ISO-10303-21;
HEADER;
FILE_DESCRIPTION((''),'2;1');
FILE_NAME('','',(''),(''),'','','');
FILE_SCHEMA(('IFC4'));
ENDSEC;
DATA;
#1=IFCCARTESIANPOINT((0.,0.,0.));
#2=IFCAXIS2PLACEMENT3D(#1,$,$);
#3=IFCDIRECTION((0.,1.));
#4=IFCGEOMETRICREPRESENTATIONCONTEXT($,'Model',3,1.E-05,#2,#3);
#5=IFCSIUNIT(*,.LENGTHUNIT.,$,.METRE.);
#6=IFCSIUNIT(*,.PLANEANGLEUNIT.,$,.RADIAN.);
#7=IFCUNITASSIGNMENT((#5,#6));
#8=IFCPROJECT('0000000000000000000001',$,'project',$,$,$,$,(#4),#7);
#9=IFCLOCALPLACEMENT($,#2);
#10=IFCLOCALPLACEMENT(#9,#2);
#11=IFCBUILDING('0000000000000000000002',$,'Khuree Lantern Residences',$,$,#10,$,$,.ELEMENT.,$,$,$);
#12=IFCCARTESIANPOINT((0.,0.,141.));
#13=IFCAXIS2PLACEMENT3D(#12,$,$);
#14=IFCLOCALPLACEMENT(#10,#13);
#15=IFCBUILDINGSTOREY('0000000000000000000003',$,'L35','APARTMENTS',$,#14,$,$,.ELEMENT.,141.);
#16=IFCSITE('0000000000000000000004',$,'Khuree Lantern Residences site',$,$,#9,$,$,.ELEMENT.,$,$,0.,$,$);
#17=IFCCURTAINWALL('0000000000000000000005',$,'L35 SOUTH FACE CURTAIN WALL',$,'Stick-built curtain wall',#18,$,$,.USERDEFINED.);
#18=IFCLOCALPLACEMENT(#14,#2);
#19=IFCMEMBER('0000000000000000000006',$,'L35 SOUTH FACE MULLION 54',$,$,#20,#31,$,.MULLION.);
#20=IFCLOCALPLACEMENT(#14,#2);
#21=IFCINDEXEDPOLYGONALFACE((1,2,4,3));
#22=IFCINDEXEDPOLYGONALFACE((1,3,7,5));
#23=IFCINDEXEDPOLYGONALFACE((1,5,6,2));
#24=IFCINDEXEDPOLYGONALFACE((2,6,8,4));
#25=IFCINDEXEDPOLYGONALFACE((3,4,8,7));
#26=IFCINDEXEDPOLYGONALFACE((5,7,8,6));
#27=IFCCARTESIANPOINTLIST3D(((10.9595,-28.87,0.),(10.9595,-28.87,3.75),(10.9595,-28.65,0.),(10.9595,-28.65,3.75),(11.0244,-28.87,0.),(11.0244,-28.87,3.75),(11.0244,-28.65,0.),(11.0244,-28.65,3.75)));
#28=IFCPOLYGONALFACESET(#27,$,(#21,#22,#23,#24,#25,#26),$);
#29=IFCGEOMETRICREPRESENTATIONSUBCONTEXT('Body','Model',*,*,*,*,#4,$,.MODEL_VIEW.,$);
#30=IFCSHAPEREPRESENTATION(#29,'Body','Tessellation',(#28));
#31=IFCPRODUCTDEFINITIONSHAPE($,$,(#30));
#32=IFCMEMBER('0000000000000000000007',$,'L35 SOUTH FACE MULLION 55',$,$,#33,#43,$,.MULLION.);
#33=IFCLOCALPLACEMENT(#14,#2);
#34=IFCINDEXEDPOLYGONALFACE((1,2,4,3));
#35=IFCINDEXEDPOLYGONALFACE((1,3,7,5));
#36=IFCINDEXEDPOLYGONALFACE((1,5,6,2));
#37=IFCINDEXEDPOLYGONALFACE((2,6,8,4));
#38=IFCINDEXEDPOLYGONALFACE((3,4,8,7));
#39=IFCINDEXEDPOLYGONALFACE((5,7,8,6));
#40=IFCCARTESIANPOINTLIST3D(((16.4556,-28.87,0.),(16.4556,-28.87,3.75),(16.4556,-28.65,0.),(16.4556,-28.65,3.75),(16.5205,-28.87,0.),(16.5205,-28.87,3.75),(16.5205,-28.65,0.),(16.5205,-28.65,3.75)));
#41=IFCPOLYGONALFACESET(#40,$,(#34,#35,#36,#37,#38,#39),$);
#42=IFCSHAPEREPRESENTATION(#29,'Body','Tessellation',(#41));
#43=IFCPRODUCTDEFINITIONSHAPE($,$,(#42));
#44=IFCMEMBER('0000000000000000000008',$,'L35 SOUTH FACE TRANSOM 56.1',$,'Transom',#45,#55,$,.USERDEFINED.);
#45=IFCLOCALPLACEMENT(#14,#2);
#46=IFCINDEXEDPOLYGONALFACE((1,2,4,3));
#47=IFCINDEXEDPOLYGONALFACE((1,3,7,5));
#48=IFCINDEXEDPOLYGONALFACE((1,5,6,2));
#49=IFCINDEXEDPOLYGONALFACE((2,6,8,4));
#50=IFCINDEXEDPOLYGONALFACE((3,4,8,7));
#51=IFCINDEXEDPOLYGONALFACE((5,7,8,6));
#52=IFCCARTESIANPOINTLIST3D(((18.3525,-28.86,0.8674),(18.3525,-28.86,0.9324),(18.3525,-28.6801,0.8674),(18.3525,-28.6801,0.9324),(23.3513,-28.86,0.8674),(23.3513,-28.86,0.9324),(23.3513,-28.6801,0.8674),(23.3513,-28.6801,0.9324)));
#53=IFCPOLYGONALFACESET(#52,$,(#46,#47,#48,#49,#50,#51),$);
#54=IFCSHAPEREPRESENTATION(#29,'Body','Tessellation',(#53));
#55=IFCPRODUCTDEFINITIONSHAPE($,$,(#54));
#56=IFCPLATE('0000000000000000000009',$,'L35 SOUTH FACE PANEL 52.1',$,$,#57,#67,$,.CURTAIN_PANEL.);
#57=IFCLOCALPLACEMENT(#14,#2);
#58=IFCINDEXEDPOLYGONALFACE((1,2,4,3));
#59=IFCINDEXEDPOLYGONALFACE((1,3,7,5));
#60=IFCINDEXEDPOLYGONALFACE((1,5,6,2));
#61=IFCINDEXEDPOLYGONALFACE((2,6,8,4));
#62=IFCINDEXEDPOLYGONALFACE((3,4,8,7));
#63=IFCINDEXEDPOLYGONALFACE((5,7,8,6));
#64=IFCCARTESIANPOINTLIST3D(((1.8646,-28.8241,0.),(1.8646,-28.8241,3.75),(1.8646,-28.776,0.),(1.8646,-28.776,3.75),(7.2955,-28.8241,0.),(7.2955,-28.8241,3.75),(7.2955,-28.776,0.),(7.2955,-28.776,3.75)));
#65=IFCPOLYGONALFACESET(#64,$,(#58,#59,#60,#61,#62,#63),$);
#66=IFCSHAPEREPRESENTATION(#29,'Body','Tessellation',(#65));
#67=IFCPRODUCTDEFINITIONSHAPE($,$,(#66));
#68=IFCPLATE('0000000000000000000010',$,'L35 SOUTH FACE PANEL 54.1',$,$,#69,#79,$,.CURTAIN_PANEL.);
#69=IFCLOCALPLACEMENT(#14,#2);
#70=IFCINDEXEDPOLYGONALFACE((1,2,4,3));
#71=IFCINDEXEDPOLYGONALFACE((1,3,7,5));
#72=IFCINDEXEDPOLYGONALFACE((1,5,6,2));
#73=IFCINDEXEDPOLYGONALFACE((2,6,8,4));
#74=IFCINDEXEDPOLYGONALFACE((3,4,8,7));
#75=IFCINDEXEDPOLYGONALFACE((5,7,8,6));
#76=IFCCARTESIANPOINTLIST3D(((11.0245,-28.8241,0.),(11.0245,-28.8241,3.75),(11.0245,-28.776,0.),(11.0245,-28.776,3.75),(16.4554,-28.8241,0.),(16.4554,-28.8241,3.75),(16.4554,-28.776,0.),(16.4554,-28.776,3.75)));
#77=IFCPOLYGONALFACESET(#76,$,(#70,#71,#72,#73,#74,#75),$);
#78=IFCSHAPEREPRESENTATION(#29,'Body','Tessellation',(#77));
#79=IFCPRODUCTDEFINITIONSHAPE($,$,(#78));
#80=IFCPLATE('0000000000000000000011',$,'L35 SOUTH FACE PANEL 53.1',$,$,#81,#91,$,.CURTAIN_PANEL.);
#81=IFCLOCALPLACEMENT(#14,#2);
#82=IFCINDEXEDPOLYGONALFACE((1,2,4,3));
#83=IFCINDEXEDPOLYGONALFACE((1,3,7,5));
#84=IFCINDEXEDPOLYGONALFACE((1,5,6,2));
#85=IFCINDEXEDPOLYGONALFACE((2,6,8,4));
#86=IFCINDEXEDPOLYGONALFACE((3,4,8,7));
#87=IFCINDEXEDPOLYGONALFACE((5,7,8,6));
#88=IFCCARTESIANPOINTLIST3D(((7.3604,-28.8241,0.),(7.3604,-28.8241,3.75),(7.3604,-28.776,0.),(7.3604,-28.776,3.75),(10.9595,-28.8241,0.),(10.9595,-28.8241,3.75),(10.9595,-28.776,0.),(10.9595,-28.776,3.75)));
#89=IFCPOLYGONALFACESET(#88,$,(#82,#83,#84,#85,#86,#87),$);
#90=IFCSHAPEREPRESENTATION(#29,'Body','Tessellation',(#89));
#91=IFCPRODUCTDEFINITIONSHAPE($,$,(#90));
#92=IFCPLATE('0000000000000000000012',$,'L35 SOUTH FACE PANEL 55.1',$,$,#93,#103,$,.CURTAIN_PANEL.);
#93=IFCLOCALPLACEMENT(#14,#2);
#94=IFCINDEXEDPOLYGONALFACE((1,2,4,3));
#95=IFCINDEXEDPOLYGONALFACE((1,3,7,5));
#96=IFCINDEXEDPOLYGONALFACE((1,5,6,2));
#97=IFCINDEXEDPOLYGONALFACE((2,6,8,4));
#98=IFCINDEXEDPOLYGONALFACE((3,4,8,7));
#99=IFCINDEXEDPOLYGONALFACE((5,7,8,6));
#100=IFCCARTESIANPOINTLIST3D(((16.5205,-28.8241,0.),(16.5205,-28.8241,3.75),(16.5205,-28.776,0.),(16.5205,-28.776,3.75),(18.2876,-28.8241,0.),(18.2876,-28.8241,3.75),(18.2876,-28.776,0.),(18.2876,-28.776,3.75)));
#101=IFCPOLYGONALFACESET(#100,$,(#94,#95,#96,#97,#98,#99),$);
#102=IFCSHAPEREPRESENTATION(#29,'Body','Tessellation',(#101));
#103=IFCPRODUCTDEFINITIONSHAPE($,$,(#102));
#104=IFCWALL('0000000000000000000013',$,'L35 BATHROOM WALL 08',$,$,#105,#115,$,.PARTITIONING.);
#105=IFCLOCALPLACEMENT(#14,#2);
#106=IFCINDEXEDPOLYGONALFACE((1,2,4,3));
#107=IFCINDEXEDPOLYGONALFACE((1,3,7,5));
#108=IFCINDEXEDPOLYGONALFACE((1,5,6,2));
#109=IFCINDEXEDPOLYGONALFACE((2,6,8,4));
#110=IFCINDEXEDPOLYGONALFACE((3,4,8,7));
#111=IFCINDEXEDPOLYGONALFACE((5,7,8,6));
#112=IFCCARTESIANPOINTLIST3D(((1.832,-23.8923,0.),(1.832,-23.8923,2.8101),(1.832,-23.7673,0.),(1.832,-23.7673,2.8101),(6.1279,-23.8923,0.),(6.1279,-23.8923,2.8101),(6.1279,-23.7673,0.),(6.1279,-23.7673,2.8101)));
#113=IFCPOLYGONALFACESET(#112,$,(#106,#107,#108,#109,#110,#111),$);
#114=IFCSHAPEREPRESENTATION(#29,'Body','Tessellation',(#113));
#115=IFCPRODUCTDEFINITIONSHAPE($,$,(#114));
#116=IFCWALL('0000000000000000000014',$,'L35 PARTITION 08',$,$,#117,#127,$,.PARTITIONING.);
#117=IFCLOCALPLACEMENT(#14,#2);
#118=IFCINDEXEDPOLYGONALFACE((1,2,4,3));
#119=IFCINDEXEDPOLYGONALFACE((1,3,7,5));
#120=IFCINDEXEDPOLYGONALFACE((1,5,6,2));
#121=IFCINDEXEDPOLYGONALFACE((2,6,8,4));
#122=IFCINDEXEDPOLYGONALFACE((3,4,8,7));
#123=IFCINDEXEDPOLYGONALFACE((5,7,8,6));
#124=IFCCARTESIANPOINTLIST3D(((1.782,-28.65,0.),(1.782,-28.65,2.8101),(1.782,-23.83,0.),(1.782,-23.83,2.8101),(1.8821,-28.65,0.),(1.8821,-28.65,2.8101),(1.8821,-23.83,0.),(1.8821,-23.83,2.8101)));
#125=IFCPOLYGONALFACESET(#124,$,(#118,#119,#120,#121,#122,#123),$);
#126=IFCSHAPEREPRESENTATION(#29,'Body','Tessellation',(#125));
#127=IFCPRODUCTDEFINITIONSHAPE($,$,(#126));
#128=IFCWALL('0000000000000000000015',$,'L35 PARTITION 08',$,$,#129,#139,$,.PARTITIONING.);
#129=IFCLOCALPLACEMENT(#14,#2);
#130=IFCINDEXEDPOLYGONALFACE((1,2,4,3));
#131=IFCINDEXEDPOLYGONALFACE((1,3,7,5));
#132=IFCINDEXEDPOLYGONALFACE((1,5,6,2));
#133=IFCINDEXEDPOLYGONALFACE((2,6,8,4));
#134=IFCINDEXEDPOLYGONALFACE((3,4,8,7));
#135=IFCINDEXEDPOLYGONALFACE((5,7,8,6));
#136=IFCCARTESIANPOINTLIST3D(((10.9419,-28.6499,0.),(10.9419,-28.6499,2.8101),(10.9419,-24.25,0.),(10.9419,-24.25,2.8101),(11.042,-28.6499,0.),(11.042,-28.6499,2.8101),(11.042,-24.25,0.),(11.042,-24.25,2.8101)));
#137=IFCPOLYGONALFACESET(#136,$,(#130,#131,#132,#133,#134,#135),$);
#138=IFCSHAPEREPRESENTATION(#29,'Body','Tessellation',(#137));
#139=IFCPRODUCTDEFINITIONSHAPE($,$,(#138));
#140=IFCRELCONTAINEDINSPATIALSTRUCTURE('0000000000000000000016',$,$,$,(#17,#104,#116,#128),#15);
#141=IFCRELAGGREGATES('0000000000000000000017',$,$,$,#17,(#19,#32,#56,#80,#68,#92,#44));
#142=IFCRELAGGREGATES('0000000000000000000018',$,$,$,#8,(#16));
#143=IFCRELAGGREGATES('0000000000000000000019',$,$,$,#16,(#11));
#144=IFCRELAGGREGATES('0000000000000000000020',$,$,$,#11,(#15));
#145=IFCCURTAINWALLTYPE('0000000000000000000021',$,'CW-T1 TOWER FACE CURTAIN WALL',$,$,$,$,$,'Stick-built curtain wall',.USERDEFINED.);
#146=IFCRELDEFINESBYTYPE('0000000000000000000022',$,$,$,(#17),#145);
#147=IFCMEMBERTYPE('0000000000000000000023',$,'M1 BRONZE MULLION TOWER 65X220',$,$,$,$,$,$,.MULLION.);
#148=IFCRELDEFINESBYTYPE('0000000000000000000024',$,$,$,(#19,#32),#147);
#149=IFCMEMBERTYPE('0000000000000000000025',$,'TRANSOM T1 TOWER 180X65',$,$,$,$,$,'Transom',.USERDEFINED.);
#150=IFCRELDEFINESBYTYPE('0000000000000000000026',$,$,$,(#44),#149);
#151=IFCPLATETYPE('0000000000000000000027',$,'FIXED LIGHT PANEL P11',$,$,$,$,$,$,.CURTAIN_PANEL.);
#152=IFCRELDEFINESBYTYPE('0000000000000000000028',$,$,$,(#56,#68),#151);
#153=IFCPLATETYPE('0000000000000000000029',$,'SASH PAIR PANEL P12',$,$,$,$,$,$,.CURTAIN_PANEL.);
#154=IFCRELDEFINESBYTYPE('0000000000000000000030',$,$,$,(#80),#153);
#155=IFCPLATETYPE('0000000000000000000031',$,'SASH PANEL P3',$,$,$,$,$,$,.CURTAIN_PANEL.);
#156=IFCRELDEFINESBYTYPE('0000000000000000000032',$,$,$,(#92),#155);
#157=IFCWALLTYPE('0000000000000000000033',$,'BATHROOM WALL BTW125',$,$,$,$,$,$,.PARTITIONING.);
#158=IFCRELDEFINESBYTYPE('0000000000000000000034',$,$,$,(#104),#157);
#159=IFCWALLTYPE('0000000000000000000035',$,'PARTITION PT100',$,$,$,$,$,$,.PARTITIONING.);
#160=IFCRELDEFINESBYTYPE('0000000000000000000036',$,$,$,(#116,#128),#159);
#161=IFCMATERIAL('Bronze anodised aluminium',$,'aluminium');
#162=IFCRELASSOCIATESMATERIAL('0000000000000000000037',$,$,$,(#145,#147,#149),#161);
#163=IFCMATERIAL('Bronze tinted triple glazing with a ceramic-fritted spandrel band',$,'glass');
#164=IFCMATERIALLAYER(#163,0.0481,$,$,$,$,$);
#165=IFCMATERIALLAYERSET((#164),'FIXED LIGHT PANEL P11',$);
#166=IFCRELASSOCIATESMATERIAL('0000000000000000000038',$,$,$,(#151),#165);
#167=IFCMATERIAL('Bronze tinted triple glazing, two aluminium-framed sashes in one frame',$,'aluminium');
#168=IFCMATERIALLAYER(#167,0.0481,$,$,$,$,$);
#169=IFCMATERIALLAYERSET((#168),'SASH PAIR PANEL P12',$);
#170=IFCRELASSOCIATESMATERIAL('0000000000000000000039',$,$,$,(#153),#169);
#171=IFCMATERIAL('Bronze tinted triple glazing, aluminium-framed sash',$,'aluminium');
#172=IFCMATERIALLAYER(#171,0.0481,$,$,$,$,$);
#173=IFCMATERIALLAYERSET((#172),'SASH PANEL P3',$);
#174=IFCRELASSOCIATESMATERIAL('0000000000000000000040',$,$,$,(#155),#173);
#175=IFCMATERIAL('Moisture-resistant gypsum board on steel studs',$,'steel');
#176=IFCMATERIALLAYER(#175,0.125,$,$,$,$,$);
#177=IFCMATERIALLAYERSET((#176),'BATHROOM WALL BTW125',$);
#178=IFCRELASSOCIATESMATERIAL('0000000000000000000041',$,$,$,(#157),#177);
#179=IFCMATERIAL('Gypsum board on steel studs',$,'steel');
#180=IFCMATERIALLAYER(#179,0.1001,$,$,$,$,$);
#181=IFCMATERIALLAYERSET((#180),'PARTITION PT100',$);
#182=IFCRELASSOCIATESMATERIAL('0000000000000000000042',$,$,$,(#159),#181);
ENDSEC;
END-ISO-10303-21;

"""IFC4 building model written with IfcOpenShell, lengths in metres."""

from ifc_helpers import new_model, si_unit, direction, frame, frame_2d, origin, origin_2d, place, context, subcontext, project, spatial, rectangle, extrude, material, layer, layer_set, material_profile, profile_set, type_object, element, aggregate, save


model = new_model("IFC4")

# Units and contexts
model_context = context("Model", 3, precision=1e-05, world=origin(), true_north=direction((0.0, 1.0)))
body_context = subcontext(model_context, "Body", "Model", "MODEL_VIEW")
ifc_project = project(units=[si_unit("LENGTHUNIT", "METRE"), si_unit("PLANEANGLEUNIT", "RADIAN")], contexts=[model_context])

# Site, building, storey
site_placement = place(None, origin())
site = spatial("IfcSite", under=ifc_project, at=site_placement, Name="Khuree Lantern Residences site", CompositionType="ELEMENT", RefElevation=0.0)
building_placement = place(site_placement, origin())
building = spatial("IfcBuilding", under=site, at=building_placement, Name="Khuree Lantern Residences", CompositionType="ELEMENT")
storey_placement = place(building_placement, frame((0.0, 0.0, 141.0)))
storey = spatial("IfcBuildingStorey", under=building, at=storey_placement, Name="L35", Description="APARTMENTS", CompositionType="ELEMENT", Elevation=141.0)

# Curtain wall
ifc_material_1 = material(Name="Bronze anodised aluminium", Category="aluminium")
curtain_wall_type = type_object("IfcCurtainWallType", Name="CW-T1 TOWER FACE CURTAIN WALL", ElementType="Stick-built curtain wall", PredefinedType="USERDEFINED", material=ifc_material_1)
curtain_wall_placement = place(storey_placement, origin())
curtain_wall = element("IfcCurtainWall", 1, at=curtain_wall_placement, inside=storey, type_object=curtain_wall_type, Name="L35 SOUTH FACE CURTAIN WALL", ObjectType="Stick-built curtain wall", PredefinedType="USERDEFINED")

# Members
ifc_material_profile_1 = material_profile(ifc_material_1, rectangle(XDim=0.0649, YDim=0.22, at=origin_2d()), Name="M1 65X220")
ifc_profile_set_1 = profile_set([ifc_material_profile_1], Name="Bronze anodised aluminium")
member_type_1 = type_object("IfcMemberType", Name="M1 BRONZE MULLION TOWER 65X220", PredefinedType="MULLION", material=ifc_profile_set_1)
member_1_placement = place(storey_placement, frame((10.9919, -28.76, 0.0), z_axis=(0.0, 0.0, 1.0), x_axis=(1.0, 0.0, 0.0)))
member_1 = element("IfcMember", 2, at=member_1_placement, type_object=member_type_1, Name="L35 SOUTH FACE MULLION 54", PredefinedType="MULLION", context=body_context, shape_type="SweptSolid", body=[
    extrude(rectangle(XDim=0.0649, YDim=0.22, at=origin_2d()), origin(), (0.0, 0.0, 1.0), 3.75),
])
member_2_placement = place(storey_placement, frame((16.488, -28.76, 0.0), z_axis=(0.0, 0.0, 1.0), x_axis=(1.0, 0.0, 0.0)))
member_2 = element("IfcMember", 3, at=member_2_placement, type_object=member_type_1, Name="L35 SOUTH FACE MULLION 55", PredefinedType="MULLION", context=body_context, shape_type="SweptSolid", body=[
    extrude(rectangle(XDim=0.0649, YDim=0.22, at=origin_2d()), origin(), (0.0, 0.0, 1.0), 3.75),
])
ifc_material_profile_2 = material_profile(ifc_material_1, rectangle(XDim=0.1799, YDim=0.0649, at=origin_2d()), Name="T1 180X65")
ifc_profile_set_2 = profile_set([ifc_material_profile_2], Name="Bronze anodised aluminium")
member_type_2 = type_object("IfcMemberType", Name="TRANSOM T1 TOWER 180X65", ElementType="Transom", PredefinedType="USERDEFINED", material=ifc_profile_set_2)
member_3_placement = place(storey_placement, frame((18.3525, -28.77, 0.8999), z_axis=(1.0, 0.0, 0.0), x_axis=(0.0, 1.0, 0.0)))
member_3 = element("IfcMember", 4, at=member_3_placement, type_object=member_type_2, Name="L35 SOUTH FACE TRANSOM 56.1", ObjectType="Transom", PredefinedType="USERDEFINED", context=body_context, shape_type="SweptSolid", body=[
    extrude(rectangle(XDim=0.1799, YDim=0.0649, at=origin_2d()), origin(), (0.0, 0.0, 1.0), 4.9988),
])

# Plates
ifc_material_2 = material(Name="Bronze tinted triple glazing with a ceramic-fritted spandrel band", Category="glass")
ifc_layer_1 = layer(ifc_material_2, 0.0481)
ifc_layer_set_1 = layer_set([ifc_layer_1], Name="FIXED LIGHT PANEL P11")
plate_type_1 = type_object("IfcPlateType", Name="FIXED LIGHT PANEL P11", PredefinedType="CURTAIN_PANEL", material=ifc_layer_set_1)
plate_1_placement = place(storey_placement, frame((4.5801, -28.8, 0.0), z_axis=(0.0, 0.0, 1.0), x_axis=(1.0, 0.0, 0.0)))
plate_1 = element("IfcPlate", 5, at=plate_1_placement, type_object=plate_type_1, Name="L35 SOUTH FACE PANEL 52.1", PredefinedType="CURTAIN_PANEL", context=body_context, shape_type="SweptSolid", body=[
    extrude(rectangle(XDim=5.4309, YDim=0.0481, at=origin_2d()), origin(), (0.0, 0.0, 1.0), 3.75),
])
plate_2_placement = place(storey_placement, frame((13.74, -28.8, 0.0), z_axis=(0.0, 0.0, 1.0), x_axis=(1.0, 0.0, 0.0)))
plate_2 = element("IfcPlate", 6, at=plate_2_placement, type_object=plate_type_1, Name="L35 SOUTH FACE PANEL 54.1", PredefinedType="CURTAIN_PANEL", context=body_context, shape_type="SweptSolid", body=[
    extrude(rectangle(XDim=5.4309, YDim=0.0481, at=origin_2d()), origin(), (0.0, 0.0, 1.0), 3.75),
])
ifc_material_3 = material(Name="Bronze tinted triple glazing, two aluminium-framed sashes in one frame", Category="aluminium")
ifc_layer_2 = layer(ifc_material_3, 0.0481)
ifc_layer_set_2 = layer_set([ifc_layer_2], Name="SASH PAIR PANEL P12")
plate_type_2 = type_object("IfcPlateType", Name="SASH PAIR PANEL P12", PredefinedType="CURTAIN_PANEL", material=ifc_layer_set_2)
plate_3_placement = place(storey_placement, frame((9.1599, -28.8, 0.0), z_axis=(0.0, 0.0, 1.0), x_axis=(1.0, 0.0, 0.0)))
plate_3 = element("IfcPlate", 7, at=plate_3_placement, type_object=plate_type_2, Name="L35 SOUTH FACE PANEL 53.1", PredefinedType="CURTAIN_PANEL", context=body_context, shape_type="SweptSolid", body=[
    extrude(rectangle(XDim=3.5991, YDim=0.0481, at=origin_2d()), origin(), (0.0, 0.0, 1.0), 3.75),
])
ifc_material_4 = material(Name="Bronze tinted triple glazing, aluminium-framed sash", Category="aluminium")
ifc_layer_3 = layer(ifc_material_4, 0.0481)
ifc_layer_set_3 = layer_set([ifc_layer_3], Name="SASH PANEL P3")
plate_type_3 = type_object("IfcPlateType", Name="SASH PANEL P3", PredefinedType="CURTAIN_PANEL", material=ifc_layer_set_3)
plate_4_placement = place(storey_placement, frame((17.4041, -28.8, 0.0), z_axis=(0.0, 0.0, 1.0), x_axis=(1.0, 0.0, 0.0)))
plate_4 = element("IfcPlate", 8, at=plate_4_placement, type_object=plate_type_3, Name="L35 SOUTH FACE PANEL 55.1", PredefinedType="CURTAIN_PANEL", context=body_context, shape_type="SweptSolid", body=[
    extrude(rectangle(XDim=1.7671, YDim=0.0481, at=origin_2d()), origin(), (0.0, 0.0, 1.0), 3.75),
])
aggregate(curtain_wall, [member_1, member_2, plate_1, plate_3, plate_2, plate_4, member_3])

# Walls
ifc_material_5 = material(Name="Moisture-resistant gypsum board on steel studs", Category="steel")
ifc_layer_4 = layer(ifc_material_5, 0.125)
ifc_layer_set_4 = layer_set([ifc_layer_4], Name="BATHROOM WALL BTW125")
wall_type_1 = type_object("IfcWallType", Name="BATHROOM WALL BTW125", PredefinedType="PARTITIONING", material=ifc_layer_set_4)
wall_1_placement = place(storey_placement, frame((1.832, -23.8298, 0.0), z_axis=(0.0, 0.0, 1.0), x_axis=(1.0, 0.0, 0.0)))
element("IfcWall", 9, at=wall_1_placement, inside=storey, type_object=wall_type_1, Name="L35 BATHROOM WALL 08", PredefinedType="PARTITIONING", context=body_context, shape_type="SweptSolid", body=[
    extrude(rectangle(XDim=4.2959, YDim=0.125, at=frame_2d((2.1479, 0.0))), origin(), (0.0, 0.0, 1.0), 2.8101),
])
ifc_material_6 = material(Name="Gypsum board on steel studs", Category="steel")
ifc_layer_5 = layer(ifc_material_6, 0.1001)
ifc_layer_set_5 = layer_set([ifc_layer_5], Name="PARTITION PT100")
wall_type_2 = type_object("IfcWallType", Name="PARTITION PT100", PredefinedType="PARTITIONING", material=ifc_layer_set_5)
wall_2_placement = place(storey_placement, frame((1.832, -23.8298, 0.0), z_axis=(0.0, 0.0, 1.0), x_axis=(0.0, -1.0, 0.0)))
element("IfcWall", 10, at=wall_2_placement, inside=storey, type_object=wall_type_2, Name="L35 PARTITION 08", PredefinedType="PARTITIONING", context=body_context, shape_type="SweptSolid", body=[
    extrude(rectangle(XDim=4.8201, YDim=0.1001, at=frame_2d((2.4102, 0.0))), origin(), (0.0, 0.0, 1.0), 2.8101),
])
wall_3_placement = place(storey_placement, frame((10.9919, -24.25, 0.0), z_axis=(0.0, 0.0, 1.0), x_axis=(0.0, -1.0, 0.0)))
element("IfcWall", 11, at=wall_3_placement, inside=storey, type_object=wall_type_2, Name="L35 PARTITION 08", PredefinedType="PARTITIONING", context=body_context, shape_type="SweptSolid", body=[
    extrude(rectangle(XDim=4.3999, YDim=0.1001, at=frame_2d((2.2, 0.0))), origin(), (0.0, 0.0, 1.0), 2.8101),
])

save(model, "model.ifc")
